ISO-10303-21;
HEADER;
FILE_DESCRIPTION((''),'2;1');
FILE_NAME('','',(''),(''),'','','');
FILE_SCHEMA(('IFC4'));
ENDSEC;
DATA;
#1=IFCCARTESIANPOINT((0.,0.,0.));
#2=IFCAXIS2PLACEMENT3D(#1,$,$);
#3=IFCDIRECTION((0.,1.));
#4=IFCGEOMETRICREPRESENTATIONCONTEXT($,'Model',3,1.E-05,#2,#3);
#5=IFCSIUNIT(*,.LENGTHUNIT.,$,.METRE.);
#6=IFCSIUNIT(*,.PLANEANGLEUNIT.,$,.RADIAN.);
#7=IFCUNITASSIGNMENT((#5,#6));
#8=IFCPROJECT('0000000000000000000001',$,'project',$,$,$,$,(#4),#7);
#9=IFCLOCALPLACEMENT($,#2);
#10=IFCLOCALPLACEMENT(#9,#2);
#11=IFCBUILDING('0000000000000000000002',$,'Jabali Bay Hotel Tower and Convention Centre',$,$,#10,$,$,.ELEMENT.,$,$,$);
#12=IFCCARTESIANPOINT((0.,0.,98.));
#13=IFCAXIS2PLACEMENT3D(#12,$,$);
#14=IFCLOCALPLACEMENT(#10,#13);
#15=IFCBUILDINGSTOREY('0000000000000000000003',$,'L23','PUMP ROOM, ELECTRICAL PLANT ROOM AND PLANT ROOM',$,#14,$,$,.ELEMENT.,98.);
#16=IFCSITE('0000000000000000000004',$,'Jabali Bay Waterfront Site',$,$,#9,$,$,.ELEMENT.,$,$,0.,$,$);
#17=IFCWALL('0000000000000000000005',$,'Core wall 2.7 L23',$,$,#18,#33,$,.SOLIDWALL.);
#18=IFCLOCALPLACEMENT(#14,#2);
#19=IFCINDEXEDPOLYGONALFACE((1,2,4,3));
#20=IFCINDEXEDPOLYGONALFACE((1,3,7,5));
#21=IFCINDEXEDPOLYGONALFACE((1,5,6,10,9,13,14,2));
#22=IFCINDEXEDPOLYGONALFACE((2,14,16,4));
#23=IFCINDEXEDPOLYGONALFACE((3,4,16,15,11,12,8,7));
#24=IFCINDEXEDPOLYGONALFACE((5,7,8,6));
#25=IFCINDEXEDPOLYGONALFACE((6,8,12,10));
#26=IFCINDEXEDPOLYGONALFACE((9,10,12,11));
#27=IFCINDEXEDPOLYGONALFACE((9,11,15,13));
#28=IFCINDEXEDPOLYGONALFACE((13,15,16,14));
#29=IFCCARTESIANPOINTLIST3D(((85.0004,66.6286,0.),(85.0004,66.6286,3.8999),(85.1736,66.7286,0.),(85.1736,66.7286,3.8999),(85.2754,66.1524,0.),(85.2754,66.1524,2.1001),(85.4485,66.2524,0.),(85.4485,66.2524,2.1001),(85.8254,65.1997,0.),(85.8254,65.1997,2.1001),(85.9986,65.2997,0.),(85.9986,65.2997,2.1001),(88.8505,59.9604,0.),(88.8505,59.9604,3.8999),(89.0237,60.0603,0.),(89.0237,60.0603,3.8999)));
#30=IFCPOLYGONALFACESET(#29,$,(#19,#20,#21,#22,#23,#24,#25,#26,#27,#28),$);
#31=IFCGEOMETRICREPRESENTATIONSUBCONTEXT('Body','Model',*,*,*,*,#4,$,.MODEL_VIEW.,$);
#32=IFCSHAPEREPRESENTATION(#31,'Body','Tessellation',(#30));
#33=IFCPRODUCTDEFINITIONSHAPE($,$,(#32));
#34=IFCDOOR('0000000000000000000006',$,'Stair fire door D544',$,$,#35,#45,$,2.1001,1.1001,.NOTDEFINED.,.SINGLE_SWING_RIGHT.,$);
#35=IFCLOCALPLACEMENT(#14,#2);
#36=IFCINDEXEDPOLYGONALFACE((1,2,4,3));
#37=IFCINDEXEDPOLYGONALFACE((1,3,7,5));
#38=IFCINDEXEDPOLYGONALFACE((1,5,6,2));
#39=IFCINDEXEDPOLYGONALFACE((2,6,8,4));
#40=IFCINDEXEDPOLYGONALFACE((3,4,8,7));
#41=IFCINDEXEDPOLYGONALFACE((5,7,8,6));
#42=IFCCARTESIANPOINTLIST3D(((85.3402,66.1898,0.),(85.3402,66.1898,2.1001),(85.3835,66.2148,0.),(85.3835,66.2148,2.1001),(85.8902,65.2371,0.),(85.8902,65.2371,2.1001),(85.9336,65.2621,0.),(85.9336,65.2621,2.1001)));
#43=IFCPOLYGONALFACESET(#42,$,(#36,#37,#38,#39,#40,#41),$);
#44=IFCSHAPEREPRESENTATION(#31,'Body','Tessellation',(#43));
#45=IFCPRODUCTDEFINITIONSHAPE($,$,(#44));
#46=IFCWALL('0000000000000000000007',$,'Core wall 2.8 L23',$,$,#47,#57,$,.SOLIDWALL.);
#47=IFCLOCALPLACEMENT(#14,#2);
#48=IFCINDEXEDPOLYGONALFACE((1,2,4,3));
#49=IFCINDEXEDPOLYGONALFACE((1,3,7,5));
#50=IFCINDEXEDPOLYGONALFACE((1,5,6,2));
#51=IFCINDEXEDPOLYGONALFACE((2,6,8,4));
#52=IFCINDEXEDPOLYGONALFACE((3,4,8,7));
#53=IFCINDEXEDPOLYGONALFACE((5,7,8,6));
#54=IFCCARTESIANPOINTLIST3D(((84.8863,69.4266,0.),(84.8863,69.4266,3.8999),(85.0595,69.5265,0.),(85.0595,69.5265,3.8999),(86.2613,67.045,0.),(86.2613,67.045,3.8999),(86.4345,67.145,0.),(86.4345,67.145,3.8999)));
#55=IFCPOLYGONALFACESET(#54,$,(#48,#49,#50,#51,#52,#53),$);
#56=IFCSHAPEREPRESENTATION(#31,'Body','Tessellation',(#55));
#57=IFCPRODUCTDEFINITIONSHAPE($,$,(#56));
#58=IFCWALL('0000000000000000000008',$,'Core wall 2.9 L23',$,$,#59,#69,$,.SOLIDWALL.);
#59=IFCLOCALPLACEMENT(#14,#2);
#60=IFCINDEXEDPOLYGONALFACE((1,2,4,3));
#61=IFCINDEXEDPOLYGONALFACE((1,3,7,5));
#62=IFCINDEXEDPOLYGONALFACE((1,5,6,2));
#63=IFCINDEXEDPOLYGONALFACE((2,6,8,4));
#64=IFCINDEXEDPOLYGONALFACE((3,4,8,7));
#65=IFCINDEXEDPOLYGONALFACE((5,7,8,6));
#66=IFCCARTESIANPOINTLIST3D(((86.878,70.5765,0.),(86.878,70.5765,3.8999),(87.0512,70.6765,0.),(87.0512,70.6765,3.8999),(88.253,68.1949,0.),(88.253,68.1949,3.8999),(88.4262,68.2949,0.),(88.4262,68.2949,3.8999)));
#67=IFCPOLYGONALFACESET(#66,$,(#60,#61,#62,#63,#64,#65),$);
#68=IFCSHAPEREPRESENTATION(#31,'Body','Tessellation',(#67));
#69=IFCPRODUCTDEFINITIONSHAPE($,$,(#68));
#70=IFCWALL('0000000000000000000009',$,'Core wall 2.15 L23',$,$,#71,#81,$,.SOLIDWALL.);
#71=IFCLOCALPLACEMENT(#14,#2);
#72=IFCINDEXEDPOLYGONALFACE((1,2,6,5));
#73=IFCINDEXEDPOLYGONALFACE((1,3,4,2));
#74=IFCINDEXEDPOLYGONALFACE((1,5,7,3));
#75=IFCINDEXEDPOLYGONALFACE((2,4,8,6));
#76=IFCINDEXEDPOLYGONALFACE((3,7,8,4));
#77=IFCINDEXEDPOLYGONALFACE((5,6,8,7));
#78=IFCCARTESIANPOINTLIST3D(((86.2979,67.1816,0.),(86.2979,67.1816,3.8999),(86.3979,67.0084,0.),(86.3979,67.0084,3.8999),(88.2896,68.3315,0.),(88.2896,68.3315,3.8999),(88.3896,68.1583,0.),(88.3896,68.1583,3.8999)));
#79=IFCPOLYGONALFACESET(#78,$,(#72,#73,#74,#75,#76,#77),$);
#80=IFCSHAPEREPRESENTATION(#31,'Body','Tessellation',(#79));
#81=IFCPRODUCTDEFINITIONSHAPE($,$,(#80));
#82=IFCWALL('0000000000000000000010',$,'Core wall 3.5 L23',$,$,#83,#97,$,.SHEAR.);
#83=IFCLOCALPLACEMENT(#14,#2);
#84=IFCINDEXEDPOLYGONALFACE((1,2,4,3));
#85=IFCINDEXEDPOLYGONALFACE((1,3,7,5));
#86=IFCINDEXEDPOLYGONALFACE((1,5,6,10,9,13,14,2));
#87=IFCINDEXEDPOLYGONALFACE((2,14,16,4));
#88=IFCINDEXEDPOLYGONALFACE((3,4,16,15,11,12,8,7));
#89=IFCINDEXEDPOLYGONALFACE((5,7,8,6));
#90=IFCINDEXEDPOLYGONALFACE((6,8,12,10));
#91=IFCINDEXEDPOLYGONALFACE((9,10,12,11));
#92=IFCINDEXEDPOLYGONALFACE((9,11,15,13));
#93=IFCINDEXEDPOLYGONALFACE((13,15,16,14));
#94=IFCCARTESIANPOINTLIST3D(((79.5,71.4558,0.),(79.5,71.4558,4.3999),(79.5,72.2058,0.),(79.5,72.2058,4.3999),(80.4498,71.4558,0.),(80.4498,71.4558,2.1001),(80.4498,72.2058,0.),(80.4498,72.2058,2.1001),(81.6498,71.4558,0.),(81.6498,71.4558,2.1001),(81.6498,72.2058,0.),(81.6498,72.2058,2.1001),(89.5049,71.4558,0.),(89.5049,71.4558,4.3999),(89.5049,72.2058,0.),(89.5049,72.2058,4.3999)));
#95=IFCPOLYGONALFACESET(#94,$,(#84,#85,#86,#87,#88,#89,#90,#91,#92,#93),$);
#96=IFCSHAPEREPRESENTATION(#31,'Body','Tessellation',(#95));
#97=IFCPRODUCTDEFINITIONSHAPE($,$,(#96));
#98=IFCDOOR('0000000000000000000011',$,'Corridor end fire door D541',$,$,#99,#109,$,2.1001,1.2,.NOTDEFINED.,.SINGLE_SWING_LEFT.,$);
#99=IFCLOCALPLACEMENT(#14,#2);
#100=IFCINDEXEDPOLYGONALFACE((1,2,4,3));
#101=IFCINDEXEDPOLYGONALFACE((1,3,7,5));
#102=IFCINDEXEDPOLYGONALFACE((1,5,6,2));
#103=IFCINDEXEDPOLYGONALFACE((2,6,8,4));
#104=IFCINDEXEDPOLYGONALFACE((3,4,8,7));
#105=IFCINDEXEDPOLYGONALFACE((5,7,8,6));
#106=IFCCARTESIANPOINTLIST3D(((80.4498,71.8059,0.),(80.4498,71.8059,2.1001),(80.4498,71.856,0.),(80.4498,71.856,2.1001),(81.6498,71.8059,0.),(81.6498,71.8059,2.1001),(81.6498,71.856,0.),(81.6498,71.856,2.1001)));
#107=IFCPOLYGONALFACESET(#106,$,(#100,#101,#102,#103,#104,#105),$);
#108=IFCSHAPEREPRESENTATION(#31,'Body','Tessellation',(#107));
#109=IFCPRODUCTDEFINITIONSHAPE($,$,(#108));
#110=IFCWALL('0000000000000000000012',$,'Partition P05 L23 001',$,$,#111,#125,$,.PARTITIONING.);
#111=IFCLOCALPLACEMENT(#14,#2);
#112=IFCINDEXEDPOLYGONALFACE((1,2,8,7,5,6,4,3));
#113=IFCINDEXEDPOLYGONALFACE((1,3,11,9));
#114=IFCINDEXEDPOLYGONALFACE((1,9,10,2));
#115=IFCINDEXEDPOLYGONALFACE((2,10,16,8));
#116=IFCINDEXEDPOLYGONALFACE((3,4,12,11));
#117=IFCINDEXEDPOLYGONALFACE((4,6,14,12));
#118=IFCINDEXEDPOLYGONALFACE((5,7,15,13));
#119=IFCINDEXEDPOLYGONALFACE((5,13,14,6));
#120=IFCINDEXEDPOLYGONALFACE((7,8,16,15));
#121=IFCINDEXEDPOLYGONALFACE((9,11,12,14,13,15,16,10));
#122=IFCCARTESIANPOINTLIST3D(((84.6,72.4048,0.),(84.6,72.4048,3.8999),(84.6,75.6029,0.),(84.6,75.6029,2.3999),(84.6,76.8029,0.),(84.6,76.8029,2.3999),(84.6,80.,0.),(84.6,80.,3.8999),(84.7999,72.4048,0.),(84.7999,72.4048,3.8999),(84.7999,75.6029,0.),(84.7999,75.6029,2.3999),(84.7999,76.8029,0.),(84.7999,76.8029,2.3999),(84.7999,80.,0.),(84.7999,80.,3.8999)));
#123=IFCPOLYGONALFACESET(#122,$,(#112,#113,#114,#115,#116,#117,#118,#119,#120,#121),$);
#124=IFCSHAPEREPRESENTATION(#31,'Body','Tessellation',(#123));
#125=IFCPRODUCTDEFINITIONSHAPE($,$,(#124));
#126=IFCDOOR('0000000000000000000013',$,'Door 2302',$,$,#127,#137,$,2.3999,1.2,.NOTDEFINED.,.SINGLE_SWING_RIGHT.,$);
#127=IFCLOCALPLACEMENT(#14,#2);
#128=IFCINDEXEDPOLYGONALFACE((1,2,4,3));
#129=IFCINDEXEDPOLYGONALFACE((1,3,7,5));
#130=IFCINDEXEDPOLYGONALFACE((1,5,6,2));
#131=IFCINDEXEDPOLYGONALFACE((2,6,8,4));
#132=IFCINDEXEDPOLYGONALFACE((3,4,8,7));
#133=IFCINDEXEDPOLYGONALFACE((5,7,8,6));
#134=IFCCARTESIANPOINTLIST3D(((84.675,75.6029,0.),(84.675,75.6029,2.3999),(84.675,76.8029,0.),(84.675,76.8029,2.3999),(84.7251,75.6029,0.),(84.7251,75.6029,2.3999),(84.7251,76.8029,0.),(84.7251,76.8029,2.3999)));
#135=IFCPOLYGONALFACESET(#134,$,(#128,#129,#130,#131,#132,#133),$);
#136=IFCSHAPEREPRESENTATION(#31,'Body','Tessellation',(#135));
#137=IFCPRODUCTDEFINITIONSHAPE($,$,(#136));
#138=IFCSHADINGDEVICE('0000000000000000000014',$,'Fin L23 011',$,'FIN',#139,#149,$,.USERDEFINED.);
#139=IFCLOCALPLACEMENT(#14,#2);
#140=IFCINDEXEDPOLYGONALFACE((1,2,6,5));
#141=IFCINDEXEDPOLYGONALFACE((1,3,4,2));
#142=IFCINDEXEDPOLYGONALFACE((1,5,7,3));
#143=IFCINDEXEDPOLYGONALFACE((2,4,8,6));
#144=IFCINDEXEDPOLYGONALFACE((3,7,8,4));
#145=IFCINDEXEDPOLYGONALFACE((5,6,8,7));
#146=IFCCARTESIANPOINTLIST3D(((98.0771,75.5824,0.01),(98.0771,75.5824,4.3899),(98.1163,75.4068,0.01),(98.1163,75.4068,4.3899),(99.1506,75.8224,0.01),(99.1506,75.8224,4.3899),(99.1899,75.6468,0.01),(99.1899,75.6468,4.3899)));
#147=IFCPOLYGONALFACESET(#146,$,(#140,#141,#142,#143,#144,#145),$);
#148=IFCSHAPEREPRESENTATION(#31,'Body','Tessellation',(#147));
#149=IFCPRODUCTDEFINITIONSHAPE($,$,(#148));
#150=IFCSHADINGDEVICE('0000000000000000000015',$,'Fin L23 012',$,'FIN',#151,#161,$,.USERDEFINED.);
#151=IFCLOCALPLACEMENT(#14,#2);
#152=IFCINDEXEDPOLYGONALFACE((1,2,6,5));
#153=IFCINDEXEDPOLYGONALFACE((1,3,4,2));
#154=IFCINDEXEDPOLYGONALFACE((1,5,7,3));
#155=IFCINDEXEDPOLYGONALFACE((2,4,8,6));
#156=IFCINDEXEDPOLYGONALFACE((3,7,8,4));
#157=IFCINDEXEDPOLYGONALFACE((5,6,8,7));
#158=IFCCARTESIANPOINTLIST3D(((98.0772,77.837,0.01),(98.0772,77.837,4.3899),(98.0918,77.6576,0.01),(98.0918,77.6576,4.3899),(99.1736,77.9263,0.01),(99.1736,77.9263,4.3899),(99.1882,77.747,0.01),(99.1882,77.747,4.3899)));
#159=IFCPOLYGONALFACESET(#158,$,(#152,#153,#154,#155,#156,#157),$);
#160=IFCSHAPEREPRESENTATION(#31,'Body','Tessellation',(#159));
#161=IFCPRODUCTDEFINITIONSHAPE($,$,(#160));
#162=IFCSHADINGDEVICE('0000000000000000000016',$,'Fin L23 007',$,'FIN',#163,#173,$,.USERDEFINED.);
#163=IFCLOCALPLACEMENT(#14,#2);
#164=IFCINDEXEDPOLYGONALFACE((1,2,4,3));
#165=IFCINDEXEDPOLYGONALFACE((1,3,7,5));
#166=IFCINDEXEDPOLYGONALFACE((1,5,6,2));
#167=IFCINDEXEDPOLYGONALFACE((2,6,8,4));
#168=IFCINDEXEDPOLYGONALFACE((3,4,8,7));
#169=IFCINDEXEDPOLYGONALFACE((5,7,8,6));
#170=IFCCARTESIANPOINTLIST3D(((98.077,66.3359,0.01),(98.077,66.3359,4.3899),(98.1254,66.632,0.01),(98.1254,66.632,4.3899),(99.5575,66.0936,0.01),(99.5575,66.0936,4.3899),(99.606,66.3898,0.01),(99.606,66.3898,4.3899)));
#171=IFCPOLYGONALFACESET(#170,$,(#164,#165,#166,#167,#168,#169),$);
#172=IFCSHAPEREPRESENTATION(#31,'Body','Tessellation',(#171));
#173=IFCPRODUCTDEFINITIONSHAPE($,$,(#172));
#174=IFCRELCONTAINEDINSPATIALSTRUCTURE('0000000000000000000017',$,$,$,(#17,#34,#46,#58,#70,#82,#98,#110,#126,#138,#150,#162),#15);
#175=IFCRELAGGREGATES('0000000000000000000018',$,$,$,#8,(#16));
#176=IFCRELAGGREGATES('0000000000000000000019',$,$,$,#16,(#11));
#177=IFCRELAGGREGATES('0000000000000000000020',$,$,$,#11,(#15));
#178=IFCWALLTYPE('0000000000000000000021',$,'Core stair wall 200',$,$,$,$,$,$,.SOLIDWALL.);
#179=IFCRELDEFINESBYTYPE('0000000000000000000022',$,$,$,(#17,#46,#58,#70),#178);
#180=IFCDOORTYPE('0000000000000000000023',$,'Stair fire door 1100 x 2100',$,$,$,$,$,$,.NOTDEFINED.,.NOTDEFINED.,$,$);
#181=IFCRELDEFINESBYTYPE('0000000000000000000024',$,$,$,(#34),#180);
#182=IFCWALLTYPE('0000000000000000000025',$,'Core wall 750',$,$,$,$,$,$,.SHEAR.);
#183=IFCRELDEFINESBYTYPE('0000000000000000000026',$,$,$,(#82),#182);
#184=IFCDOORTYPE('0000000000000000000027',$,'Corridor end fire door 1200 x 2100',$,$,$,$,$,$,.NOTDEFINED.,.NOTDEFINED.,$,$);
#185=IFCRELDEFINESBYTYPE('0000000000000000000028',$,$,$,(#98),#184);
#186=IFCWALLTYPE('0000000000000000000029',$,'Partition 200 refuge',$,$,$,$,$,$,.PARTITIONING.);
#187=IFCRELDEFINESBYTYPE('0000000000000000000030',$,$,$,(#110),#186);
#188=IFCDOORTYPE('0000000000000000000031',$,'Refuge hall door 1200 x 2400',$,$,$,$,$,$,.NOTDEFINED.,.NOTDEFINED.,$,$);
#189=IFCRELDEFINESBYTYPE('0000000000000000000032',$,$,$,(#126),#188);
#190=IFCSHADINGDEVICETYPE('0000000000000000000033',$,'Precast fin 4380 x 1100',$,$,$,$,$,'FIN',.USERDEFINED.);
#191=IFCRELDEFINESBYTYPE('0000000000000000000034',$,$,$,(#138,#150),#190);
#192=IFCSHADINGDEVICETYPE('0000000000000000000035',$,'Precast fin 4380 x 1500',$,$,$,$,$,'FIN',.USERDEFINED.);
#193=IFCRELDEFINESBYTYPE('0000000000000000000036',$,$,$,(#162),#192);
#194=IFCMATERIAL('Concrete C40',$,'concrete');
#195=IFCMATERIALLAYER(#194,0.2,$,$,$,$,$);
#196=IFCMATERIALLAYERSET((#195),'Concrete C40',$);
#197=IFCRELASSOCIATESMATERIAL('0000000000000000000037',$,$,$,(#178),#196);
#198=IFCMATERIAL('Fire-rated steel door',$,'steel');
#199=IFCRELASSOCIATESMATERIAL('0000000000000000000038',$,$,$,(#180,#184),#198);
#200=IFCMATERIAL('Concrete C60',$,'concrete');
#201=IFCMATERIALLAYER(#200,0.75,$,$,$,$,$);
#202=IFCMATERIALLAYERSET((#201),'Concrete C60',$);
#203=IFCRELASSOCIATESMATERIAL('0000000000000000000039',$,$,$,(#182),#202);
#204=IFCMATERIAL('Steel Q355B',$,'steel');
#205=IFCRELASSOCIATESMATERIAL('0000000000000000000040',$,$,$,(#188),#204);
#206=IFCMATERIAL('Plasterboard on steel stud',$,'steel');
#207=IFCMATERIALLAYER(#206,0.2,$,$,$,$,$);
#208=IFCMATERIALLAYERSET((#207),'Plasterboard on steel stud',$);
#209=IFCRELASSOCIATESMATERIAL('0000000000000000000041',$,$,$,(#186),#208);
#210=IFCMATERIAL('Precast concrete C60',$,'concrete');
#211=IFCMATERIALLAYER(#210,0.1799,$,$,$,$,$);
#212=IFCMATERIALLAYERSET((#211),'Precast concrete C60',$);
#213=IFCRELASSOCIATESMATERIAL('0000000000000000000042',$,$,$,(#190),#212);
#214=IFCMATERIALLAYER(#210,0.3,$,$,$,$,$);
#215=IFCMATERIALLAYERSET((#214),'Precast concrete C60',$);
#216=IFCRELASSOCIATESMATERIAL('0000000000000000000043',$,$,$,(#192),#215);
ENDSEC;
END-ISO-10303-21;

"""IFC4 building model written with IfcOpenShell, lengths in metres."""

from ifc_helpers import new_model, si_unit, direction, frame, frame_2d, origin, place, context, subcontext, project, spatial, rectangle, extrude, material, layer, layer_set, type_object, element, fill, save


model = new_model("IFC4")

# Units and contexts
model_context = context("Model", 3, precision=1e-05, world=origin(), true_north=direction((0.0, 1.0)))
body_context = subcontext(model_context, "Body", "Model", "MODEL_VIEW")
ifc_project = project(units=[si_unit("LENGTHUNIT", "METRE"), si_unit("PLANEANGLEUNIT", "RADIAN")], contexts=[model_context])

# Site, building, storey
site_placement = place(None, origin())
site = spatial("IfcSite", under=ifc_project, at=site_placement, Name="Jabali Bay Waterfront Site", CompositionType="ELEMENT", RefElevation=0.0)
building_placement = place(site_placement, origin())
building = spatial("IfcBuilding", under=site, at=building_placement, Name="Jabali Bay Hotel Tower and Convention Centre", CompositionType="ELEMENT")
storey_placement = place(building_placement, frame((0.0, 0.0, 98.0)))
storey = spatial("IfcBuildingStorey", under=building, at=storey_placement, Name="L23", Description="PUMP ROOM, ELECTRICAL PLANT ROOM AND PLANT ROOM", CompositionType="ELEMENT", Elevation=98.0)

# Shared definitions
ifc_material_1 = material(Name="Concrete C60", Category="concrete")

# Shared definitions
ifc_material_2 = material(Name="Concrete C40", Category="concrete")
ifc_material_3 = material(Name="Fire-rated steel door", Category="steel")

# Shared definitions
ifc_layer_1 = layer(ifc_material_2, 0.2)
ifc_layer_set_1 = layer_set([ifc_layer_1], Name="Concrete C40")
wall_type_1 = type_object("IfcWallType", Name="Core stair wall 200", PredefinedType="SOLIDWALL", material=ifc_layer_set_1)

# Wall, opening, door
wall_1_placement = place(storey_placement, frame((85.0869, 66.6787, 0.0), z_axis=(0.0, 0.0, 1.0), x_axis=(0.50002, -0.866014, 0.0)))
wall_1 = element("IfcWall", 1, at=wall_1_placement, inside=storey, type_object=wall_type_1, Name="Core wall 2.7 L23", PredefinedType="SOLIDWALL", context=body_context, shape_type="SweptSolid", body=[
    extrude(rectangle(XDim=7.7, YDim=0.2, at=frame_2d((3.8501, 0.0))), origin(), (0.0, 0.0, 1.0), 3.8999),
])
opening_1_placement = place(wall_1_placement, frame((0.55, 0.0, 0.0)))
opening_1 = element("IfcOpeningElement", 2, at=opening_1_placement, cuts=wall_1, PredefinedType="OPENING", context=body_context, shape_type="SweptSolid", body=[
    extrude(rectangle(XDim=1.1001, YDim=2.1001, at=frame_2d((0.55, 1.05))), frame((0.0, 0.1104, 0.0), z_axis=(0.0, -1.0, 0.0), x_axis=(1.0, 0.0, 0.0)), (0.0, 0.0, 1.0), 0.2209),
])
door_type_1 = type_object("IfcDoorType", Name="Stair fire door 1100 x 2100", OperationType="NOTDEFINED", PredefinedType="NOTDEFINED", material=ifc_material_3)
door_1_placement = place(opening_1_placement, origin())
door_1 = element("IfcDoor", 3, at=door_1_placement, inside=storey, type_object=door_type_1, Name="Stair fire door D544", OperationType="SINGLE_SWING_RIGHT", OverallHeight=2.1001, OverallWidth=1.1001, PredefinedType="NOTDEFINED", context=body_context, shape_type="SweptSolid", body=[
    extrude(rectangle(XDim=1.1001, YDim=2.1001, at=frame_2d((0.55, 1.05))), frame((0.0, 0.0249, 0.0), z_axis=(0.0, -1.0, 0.0), x_axis=(1.0, 0.0, 0.0)), (0.0, 0.0, 1.0), 0.05),
])
fill(opening_1, door_1)

# Walls
for number, where, z_axis, x_axis, name in (
    (4, (84.9729, 69.4766, 0.0), (0.0, 0.0, 1.0), (0.499997, -0.866027, 0.0), "Core wall 2.8 L23"),
    (5, (86.9646, 70.6265, 0.0), (0.0, 0.0, 1.0), (0.499997, -0.866027, 0.0), "Core wall 2.9 L23"),
):
    element("IfcWall", number, at=place(storey_placement, frame(where, z_axis=z_axis, x_axis=x_axis)), inside=storey, type_object=wall_type_1, Name=name, PredefinedType="SOLIDWALL", context=body_context, shape_type="SweptSolid", body=[
        extrude(rectangle(XDim=2.75, YDim=0.2, at=frame_2d((1.375, 0.0))), origin(), (0.0, 0.0, 1.0), 3.8999),
    ])
wall_2_placement = place(storey_placement, frame((86.3479, 67.095, 0.0), z_axis=(0.0, 0.0, 1.0), x_axis=(0.866026, 0.499998, 0.0)))
element("IfcWall", 6, at=wall_2_placement, inside=storey, type_object=wall_type_1, Name="Core wall 2.15 L23", PredefinedType="SOLIDWALL", context=body_context, shape_type="SweptSolid", body=[
    extrude(rectangle(XDim=2.2998, YDim=0.2, at=frame_2d((1.1499, 0.0))), origin(), (0.0, 0.0, 1.0), 3.8999),
])

# Wall, opening, door
ifc_layer_2 = layer(ifc_material_1, 0.75)
ifc_layer_set_2 = layer_set([ifc_layer_2], Name="Concrete C60")
wall_type_2 = type_object("IfcWallType", Name="Core wall 750", PredefinedType="SHEAR", material=ifc_layer_set_2)
wall_3_placement = place(storey_placement, frame((89.5049, 71.8308, 0.0), z_axis=(0.0, 0.0, 1.0), x_axis=(-1.0, 0.0, 0.0)))
wall_3 = element("IfcWall", 7, at=wall_3_placement, inside=storey, type_object=wall_type_2, Name="Core wall 3.5 L23", PredefinedType="SHEAR", context=body_context, shape_type="SweptSolid", body=[
    extrude(rectangle(XDim=10.0049, YDim=0.75, at=frame_2d((5.0024, 0.0))), origin(), (0.0, 0.0, 1.0), 4.3999),
])
opening_2_placement = place(wall_3_placement, frame((7.855, 0.0, 0.0)))
opening_2 = element("IfcOpeningElement", 8, at=opening_2_placement, cuts=wall_3, PredefinedType="OPENING", context=body_context, shape_type="SweptSolid", body=[
    extrude(rectangle(XDim=1.2, YDim=2.1001, at=frame_2d((0.6001, 1.05))), frame((0.0, 0.3855, 0.0), z_axis=(0.0, -1.0, 0.0), x_axis=(1.0, 0.0, 0.0)), (0.0, 0.0, 1.0), 0.771),
])
door_type_2 = type_object("IfcDoorType", Name="Corridor end fire door 1200 x 2100", OperationType="NOTDEFINED", PredefinedType="NOTDEFINED", material=ifc_material_3)
door_2_placement = place(opening_2_placement, origin())
door_2 = element("IfcDoor", 9, at=door_2_placement, inside=storey, type_object=door_type_2, Name="Corridor end fire door D541", OperationType="SINGLE_SWING_LEFT", OverallHeight=2.1001, OverallWidth=1.2, PredefinedType="NOTDEFINED", context=body_context, shape_type="SweptSolid", body=[
    extrude(rectangle(XDim=1.2, YDim=2.1001, at=frame_2d((0.6001, 1.05))), frame((0.0, 0.0249, 0.0), z_axis=(0.0, -1.0, 0.0), x_axis=(1.0, 0.0, 0.0)), (0.0, 0.0, 1.0), 0.05),
])
fill(opening_2, door_2)

# Shared definitions
ifc_material_4 = material(Name="Steel Q355B", Category="steel")
door_type_3 = type_object("IfcDoorType", Name="Refuge hall door 1200 x 2400", OperationType="NOTDEFINED", PredefinedType="NOTDEFINED", material=ifc_material_4)

# Wall, opening, door
ifc_material_5 = material(Name="Plasterboard on steel stud", Category="steel")
ifc_layer_3 = layer(ifc_material_5, 0.2)
ifc_layer_set_3 = layer_set([ifc_layer_3], Name="Plasterboard on steel stud")
wall_type_3 = type_object("IfcWallType", Name="Partition 200 refuge", PredefinedType="PARTITIONING", material=ifc_layer_set_3)
wall_4_placement = place(storey_placement, frame((84.7, 72.4048, 0.0), z_axis=(0.0, 0.0, 1.0), x_axis=(0.0, 1.0, 0.0)))
wall_4 = element("IfcWall", 10, at=wall_4_placement, inside=storey, type_object=wall_type_3, Name="Partition P05 L23 001", PredefinedType="PARTITIONING", context=body_context, shape_type="SweptSolid", body=[
    extrude(rectangle(XDim=7.5952, YDim=0.2, at=frame_2d((3.7976, 0.0))), origin(), (0.0, 0.0, 1.0), 3.8999),
])
opening_3_placement = place(wall_4_placement, frame((3.198, 0.0, 0.0)))
opening_3 = element("IfcOpeningElement", 11, at=opening_3_placement, cuts=wall_4, PredefinedType="OPENING", context=body_context, shape_type="SweptSolid", body=[
    extrude(rectangle(XDim=1.2, YDim=2.3999, at=frame_2d((0.6001, 1.2))), frame((0.0, 0.1104, 0.0), z_axis=(0.0, -1.0, 0.0), x_axis=(1.0, 0.0, 0.0)), (0.0, 0.0, 1.0), 0.2209),
])
door_3_placement = place(opening_3_placement, origin())
door_3 = element("IfcDoor", 12, at=door_3_placement, inside=storey, type_object=door_type_3, Name="Door 2302", OperationType="SINGLE_SWING_RIGHT", OverallHeight=2.3999, OverallWidth=1.2, PredefinedType="NOTDEFINED", context=body_context, shape_type="SweptSolid", body=[
    extrude(rectangle(XDim=1.2, YDim=2.3999, at=frame_2d((0.6001, 1.2))), frame((0.0, 0.0249, 0.0), z_axis=(0.0, -1.0, 0.0), x_axis=(1.0, 0.0, 0.0)), (0.0, 0.0, 1.0), 0.05),
])
fill(opening_3, door_3)

# Shading devices
ifc_material_6 = material(Name="Precast concrete C60", Category="concrete")
ifc_layer_4 = layer(ifc_material_6, 0.1799)
ifc_layer_set_4 = layer_set([ifc_layer_4], Name="Precast concrete C60")
shading_device_type_1 = type_object("IfcShadingDeviceType", Name="Precast fin 4380 x 1100", ElementType="FIN", PredefinedType="USERDEFINED", material=ifc_layer_set_4)
for number, where, z_axis, x_axis, name in (
    (13, (98.0967, 75.4946, 0.01), (0.0, 0.0, 1.0), (0.975909, 0.218176, 0.0), "Fin L23 011"),
    (14, (98.0845, 77.7473, 0.01), (0.0, 0.0, 1.0), (0.996696, 0.081227, 0.0), "Fin L23 012"),
):
    element("IfcShadingDevice", number, at=place(storey_placement, frame(where, z_axis=z_axis, x_axis=x_axis)), inside=storey, type_object=shading_device_type_1, Name=name, ObjectType="FIN", PredefinedType="USERDEFINED", context=body_context, shape_type="SweptSolid", body=[
        extrude(rectangle(XDim=1.1001, YDim=0.1799, at=frame_2d((0.55, 0.0))), origin(), (0.0, 0.0, 1.0), 4.3799),
    ])
ifc_layer_5 = layer(ifc_material_6, 0.3)
ifc_layer_set_5 = layer_set([ifc_layer_5], Name="Precast concrete C60")
shading_device_type_2 = type_object("IfcShadingDeviceType", Name="Precast fin 4380 x 1500", ElementType="FIN", PredefinedType="USERDEFINED", material=ifc_layer_set_5)
shading_device_1_placement = place(storey_placement, frame((98.1013, 66.4839, 0.01), z_axis=(0.0, 0.0, 1.0), x_axis=(0.986882, -0.161442, 0.0)))
element("IfcShadingDevice", 15, at=shading_device_1_placement, inside=storey, type_object=shading_device_type_2, Name="Fin L23 007", ObjectType="FIN", PredefinedType="USERDEFINED", context=body_context, shape_type="SweptSolid", body=[
    extrude(rectangle(XDim=1.5002, YDim=0.3, at=frame_2d((0.75, 0.0))), origin(), (0.0, 0.0, 1.0), 4.3799),
])

save(model, "model.ifc")
